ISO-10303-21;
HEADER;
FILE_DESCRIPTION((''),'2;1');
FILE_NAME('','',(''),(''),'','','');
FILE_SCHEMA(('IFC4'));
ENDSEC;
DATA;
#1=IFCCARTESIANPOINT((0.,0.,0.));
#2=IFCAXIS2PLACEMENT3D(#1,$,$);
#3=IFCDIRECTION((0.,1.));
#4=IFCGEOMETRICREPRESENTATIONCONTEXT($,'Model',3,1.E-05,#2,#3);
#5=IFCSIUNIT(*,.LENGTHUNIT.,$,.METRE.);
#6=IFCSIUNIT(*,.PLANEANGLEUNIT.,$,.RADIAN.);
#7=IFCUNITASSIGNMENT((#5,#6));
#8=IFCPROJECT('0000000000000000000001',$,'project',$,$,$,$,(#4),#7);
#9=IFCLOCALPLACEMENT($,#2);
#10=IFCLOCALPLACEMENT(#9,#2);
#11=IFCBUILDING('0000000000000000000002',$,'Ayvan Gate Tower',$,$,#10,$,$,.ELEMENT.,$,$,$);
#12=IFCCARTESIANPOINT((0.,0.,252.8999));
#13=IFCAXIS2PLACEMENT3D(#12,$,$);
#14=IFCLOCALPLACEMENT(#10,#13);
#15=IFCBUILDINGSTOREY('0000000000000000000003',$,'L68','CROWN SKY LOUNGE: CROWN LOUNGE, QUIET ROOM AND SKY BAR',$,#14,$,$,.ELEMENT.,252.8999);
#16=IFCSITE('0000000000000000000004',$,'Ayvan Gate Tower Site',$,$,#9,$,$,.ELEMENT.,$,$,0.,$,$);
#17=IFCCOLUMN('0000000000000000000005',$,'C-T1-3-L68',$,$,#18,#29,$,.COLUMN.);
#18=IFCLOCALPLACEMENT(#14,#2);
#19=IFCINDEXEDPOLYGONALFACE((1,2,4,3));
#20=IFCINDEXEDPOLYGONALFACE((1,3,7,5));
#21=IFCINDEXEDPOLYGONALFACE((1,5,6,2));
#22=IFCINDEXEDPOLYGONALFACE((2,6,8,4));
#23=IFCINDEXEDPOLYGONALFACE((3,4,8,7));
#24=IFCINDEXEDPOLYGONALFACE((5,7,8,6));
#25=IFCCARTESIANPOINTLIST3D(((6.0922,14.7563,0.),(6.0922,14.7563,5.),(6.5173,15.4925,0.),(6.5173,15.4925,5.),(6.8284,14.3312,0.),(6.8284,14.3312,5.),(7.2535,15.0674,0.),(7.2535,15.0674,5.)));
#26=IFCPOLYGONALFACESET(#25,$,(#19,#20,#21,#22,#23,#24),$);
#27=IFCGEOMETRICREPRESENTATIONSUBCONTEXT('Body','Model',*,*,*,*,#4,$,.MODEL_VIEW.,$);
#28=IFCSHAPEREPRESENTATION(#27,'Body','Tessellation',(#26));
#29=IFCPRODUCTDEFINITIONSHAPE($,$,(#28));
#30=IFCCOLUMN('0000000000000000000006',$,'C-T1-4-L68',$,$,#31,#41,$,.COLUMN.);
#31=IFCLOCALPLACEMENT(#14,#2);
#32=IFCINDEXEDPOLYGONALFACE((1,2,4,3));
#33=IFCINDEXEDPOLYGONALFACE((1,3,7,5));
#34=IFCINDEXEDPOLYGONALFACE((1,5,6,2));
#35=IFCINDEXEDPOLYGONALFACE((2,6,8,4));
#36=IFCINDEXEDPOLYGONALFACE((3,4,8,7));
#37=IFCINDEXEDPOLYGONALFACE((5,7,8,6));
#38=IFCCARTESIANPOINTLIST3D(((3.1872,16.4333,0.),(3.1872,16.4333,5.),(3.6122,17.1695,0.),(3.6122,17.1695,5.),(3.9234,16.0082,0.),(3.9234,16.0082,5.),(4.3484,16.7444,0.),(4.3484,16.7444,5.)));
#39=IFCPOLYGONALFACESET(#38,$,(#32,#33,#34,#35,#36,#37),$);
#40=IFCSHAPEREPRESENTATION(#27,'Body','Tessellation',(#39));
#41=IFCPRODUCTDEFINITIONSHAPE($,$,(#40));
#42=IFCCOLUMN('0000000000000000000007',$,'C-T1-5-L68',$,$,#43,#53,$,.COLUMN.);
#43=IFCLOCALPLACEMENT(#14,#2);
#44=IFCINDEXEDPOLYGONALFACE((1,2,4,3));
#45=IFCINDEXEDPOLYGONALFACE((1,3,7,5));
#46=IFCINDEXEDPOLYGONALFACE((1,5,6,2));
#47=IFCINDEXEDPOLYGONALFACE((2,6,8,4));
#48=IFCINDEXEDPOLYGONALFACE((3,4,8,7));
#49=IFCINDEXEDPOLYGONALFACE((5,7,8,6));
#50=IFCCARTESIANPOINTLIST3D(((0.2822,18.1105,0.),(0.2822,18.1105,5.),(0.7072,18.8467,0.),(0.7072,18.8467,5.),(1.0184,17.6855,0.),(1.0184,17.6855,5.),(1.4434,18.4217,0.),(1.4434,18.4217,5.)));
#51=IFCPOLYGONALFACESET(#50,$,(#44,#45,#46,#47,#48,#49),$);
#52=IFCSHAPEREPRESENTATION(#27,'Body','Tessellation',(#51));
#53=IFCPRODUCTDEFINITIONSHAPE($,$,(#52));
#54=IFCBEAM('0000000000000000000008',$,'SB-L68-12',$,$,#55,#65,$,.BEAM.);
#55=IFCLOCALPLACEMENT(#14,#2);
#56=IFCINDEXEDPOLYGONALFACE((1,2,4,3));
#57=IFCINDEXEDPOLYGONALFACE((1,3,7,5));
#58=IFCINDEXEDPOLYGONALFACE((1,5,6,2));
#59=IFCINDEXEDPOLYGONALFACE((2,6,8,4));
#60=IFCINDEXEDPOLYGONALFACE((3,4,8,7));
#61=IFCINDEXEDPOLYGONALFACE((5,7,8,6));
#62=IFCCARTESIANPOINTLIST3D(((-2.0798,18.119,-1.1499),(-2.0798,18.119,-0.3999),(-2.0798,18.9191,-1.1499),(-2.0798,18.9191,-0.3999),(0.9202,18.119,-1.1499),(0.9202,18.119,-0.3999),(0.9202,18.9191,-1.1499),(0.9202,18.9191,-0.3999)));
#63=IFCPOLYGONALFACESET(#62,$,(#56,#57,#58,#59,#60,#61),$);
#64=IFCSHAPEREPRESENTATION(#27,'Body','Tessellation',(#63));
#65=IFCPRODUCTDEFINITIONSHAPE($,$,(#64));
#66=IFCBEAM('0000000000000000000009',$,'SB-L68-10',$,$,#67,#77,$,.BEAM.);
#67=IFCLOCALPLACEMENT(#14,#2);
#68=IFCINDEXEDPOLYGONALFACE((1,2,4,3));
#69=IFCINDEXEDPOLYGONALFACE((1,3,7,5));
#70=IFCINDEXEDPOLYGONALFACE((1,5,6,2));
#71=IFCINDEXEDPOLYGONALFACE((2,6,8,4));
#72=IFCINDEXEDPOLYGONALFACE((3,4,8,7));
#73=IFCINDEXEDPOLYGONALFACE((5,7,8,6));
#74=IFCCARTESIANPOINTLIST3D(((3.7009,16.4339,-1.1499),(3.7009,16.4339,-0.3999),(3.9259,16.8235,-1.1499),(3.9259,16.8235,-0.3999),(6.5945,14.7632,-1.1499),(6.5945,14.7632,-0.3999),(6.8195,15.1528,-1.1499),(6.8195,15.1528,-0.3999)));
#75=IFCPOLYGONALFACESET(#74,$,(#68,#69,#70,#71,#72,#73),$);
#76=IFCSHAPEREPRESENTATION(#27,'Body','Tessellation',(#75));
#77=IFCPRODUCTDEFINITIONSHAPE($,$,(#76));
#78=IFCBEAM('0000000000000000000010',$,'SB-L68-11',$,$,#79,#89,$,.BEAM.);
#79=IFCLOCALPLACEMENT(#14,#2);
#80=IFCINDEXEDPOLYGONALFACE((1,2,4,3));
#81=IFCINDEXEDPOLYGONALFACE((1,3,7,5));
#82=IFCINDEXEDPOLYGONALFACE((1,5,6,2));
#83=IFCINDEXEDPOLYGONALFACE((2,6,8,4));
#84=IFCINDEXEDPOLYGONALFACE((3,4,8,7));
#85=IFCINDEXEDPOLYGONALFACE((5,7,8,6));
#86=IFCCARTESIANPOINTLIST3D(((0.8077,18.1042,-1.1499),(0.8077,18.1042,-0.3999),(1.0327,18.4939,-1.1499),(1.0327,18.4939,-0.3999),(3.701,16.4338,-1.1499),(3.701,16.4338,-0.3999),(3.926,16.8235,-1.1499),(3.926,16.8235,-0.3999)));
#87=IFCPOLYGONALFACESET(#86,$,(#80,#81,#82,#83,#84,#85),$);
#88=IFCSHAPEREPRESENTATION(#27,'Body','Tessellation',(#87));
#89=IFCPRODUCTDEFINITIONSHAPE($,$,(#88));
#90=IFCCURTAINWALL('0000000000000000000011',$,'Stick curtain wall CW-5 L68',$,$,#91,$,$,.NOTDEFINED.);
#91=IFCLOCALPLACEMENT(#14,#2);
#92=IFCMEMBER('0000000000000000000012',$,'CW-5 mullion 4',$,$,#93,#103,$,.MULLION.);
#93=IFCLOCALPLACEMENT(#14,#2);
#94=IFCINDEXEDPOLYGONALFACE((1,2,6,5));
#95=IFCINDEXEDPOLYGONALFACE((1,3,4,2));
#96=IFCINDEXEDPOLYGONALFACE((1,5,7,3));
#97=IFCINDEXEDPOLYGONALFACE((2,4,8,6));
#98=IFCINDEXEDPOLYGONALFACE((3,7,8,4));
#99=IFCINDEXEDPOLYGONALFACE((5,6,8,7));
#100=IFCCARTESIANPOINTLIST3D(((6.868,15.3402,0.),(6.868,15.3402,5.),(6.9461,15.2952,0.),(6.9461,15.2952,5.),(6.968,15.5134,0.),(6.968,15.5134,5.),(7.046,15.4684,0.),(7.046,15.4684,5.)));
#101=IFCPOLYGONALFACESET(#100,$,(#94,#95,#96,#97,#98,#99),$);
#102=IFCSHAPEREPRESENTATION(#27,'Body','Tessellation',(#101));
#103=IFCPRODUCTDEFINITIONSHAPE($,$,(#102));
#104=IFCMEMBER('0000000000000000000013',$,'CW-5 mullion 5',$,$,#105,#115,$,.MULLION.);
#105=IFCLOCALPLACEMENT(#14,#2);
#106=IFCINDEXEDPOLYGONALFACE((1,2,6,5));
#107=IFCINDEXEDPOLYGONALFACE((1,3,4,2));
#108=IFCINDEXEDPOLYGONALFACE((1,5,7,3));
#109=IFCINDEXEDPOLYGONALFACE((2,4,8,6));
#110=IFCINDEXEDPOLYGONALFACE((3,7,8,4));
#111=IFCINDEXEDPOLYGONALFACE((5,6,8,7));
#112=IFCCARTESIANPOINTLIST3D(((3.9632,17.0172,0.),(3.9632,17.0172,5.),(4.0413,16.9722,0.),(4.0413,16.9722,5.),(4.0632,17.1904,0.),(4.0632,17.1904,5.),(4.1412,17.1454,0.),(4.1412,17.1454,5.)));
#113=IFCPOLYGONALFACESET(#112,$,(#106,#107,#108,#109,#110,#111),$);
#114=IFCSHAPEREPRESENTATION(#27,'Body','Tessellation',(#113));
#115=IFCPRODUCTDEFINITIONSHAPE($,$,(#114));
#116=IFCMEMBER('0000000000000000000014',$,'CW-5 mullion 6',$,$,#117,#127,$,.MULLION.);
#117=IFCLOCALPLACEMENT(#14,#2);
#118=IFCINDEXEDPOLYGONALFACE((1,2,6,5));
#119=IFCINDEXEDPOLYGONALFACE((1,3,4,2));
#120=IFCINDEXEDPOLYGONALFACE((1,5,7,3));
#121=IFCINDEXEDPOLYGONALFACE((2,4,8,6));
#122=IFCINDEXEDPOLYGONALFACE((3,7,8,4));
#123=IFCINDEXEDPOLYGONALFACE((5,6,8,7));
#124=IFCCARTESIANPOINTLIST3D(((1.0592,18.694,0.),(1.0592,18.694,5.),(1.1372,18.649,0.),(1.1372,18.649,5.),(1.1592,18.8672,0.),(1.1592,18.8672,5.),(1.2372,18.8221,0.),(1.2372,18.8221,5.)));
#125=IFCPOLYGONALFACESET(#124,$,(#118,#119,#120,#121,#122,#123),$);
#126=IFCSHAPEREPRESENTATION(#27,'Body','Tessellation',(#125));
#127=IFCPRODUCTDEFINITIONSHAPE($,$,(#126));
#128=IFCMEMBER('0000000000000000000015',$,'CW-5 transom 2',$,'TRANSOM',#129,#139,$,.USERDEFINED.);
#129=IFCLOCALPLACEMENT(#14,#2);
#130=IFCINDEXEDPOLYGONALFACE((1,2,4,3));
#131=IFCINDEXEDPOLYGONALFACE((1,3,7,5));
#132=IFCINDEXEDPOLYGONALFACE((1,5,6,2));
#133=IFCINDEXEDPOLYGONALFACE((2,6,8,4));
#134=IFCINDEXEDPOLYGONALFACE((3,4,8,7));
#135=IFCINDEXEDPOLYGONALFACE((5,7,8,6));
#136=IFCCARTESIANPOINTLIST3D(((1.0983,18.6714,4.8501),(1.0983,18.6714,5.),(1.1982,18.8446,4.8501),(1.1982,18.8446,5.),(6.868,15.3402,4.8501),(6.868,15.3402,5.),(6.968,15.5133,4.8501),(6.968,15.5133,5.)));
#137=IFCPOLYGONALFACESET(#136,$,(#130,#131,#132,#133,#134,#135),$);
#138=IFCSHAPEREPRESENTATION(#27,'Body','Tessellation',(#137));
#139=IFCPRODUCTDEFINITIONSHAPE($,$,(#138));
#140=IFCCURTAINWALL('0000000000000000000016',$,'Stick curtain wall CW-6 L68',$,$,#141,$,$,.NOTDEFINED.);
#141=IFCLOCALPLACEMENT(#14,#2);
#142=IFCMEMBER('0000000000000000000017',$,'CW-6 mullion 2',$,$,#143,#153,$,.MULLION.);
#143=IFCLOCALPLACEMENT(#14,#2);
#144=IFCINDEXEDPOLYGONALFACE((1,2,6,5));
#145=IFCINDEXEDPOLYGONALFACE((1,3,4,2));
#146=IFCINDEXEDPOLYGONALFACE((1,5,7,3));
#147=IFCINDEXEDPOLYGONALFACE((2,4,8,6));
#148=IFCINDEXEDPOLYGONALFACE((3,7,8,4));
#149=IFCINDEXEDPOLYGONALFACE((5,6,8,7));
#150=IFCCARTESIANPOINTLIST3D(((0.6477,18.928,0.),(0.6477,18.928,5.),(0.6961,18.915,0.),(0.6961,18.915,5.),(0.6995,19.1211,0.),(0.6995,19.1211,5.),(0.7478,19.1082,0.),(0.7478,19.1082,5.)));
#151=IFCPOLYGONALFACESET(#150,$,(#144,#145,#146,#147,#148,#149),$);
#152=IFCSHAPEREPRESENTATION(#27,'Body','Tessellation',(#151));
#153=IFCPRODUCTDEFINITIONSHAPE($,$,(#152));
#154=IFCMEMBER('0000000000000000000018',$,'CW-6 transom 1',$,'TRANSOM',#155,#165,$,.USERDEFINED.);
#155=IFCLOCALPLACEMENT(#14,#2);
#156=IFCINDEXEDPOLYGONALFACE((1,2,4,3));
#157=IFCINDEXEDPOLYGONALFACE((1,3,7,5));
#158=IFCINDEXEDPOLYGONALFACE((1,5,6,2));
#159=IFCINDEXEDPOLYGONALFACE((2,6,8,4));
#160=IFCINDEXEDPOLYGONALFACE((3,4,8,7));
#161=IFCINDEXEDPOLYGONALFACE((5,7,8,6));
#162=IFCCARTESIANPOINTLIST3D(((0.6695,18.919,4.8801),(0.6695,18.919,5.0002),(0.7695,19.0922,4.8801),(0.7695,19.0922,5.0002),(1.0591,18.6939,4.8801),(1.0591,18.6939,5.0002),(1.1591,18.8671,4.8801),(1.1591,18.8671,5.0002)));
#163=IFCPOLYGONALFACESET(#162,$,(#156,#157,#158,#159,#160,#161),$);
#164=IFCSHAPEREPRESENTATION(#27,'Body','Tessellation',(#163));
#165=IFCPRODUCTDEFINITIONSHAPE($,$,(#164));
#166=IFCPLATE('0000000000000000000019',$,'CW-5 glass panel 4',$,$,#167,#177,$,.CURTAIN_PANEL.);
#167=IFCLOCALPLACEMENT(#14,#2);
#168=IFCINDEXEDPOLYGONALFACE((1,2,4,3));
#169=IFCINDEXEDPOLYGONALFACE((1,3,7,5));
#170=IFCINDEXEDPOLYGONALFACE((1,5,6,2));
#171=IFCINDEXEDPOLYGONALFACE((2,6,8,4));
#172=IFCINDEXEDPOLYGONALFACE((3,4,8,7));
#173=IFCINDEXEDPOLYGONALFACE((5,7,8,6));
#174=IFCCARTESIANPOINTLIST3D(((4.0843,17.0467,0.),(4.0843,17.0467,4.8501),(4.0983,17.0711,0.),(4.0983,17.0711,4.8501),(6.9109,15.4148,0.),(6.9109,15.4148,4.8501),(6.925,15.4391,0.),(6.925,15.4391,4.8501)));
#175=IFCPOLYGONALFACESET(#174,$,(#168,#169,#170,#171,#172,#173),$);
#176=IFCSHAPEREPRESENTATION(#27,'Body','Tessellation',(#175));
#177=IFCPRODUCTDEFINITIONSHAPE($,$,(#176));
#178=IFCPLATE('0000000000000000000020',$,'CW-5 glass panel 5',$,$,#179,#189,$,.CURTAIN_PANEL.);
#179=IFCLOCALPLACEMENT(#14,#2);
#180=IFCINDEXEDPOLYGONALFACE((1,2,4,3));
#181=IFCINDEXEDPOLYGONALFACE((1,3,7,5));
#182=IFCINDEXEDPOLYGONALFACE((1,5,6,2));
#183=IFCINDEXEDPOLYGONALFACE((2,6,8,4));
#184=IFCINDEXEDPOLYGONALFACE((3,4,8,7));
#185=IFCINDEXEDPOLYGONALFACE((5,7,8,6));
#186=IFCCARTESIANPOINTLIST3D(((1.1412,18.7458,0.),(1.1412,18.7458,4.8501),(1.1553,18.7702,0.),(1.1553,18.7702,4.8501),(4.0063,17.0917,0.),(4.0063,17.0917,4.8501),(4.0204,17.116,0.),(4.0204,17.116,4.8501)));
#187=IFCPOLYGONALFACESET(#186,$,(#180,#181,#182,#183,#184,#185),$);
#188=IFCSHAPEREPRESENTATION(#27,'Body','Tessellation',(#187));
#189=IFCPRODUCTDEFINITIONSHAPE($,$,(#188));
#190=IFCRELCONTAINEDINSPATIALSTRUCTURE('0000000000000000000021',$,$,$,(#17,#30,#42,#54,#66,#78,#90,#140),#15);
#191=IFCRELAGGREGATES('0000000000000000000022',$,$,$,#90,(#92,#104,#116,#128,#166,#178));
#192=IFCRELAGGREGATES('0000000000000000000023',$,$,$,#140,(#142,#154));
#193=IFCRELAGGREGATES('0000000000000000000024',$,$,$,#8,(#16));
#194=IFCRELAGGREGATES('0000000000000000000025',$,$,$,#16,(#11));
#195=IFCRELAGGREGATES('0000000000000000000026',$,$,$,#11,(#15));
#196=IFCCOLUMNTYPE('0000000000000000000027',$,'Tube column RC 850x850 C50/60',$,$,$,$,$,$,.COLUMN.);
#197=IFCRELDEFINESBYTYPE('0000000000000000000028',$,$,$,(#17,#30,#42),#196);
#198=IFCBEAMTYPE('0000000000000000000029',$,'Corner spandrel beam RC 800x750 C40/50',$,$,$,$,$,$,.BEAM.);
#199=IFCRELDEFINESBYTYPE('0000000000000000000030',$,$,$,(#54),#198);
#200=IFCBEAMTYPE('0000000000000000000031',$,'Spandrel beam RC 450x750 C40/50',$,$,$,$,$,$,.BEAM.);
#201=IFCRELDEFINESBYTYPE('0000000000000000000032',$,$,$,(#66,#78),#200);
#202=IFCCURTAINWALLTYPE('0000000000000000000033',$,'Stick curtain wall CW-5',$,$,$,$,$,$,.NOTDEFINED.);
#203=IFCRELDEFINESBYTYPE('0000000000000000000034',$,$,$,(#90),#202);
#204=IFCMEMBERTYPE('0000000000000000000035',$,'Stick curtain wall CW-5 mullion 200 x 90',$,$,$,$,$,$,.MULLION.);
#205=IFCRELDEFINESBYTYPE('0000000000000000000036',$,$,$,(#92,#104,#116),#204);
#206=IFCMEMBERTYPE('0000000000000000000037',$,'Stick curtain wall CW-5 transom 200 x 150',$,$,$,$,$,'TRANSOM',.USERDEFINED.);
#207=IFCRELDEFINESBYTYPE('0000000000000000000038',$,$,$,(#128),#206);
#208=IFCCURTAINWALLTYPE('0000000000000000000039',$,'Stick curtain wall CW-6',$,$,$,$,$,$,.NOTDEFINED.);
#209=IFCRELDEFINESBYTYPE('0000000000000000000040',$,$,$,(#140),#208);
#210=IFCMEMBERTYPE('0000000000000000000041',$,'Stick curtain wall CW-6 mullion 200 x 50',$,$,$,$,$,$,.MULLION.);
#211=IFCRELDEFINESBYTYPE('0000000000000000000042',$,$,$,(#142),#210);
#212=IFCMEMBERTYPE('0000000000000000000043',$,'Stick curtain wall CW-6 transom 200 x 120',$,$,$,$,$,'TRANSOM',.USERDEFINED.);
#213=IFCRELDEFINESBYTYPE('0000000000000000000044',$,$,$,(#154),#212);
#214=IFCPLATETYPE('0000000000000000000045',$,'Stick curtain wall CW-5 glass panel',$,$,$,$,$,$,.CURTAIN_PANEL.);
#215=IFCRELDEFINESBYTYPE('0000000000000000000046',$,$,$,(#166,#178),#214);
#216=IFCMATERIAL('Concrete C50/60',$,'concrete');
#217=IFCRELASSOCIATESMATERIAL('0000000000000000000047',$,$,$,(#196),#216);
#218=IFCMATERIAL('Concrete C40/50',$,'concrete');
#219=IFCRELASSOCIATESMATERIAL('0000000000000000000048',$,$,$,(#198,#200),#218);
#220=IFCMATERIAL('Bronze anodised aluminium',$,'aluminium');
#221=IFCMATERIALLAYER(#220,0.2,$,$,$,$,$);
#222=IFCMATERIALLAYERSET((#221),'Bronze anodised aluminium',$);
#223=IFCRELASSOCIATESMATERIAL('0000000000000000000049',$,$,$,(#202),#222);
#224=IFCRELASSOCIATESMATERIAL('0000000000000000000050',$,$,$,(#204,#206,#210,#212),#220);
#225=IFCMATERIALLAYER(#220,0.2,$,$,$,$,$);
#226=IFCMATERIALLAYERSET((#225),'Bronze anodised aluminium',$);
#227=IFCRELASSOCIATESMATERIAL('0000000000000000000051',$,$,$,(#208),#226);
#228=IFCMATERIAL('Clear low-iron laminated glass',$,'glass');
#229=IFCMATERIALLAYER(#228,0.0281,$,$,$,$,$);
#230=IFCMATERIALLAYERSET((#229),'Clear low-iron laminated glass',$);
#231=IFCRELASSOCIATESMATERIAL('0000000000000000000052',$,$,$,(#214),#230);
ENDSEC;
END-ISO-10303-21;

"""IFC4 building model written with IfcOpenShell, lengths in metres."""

from ifc_helpers import new_model, si_unit, direction, frame, origin, origin_2d, place, context, subcontext, project, spatial, rectangle, extrude, material, layer, layer_set, material_profile, profile_set, type_object, element, aggregate, save


model = new_model("IFC4")

# Units and contexts
model_context = context("Model", 3, precision=1e-05, world=origin(), true_north=direction((0.0, 1.0)))
body_context = subcontext(model_context, "Body", "Model", "MODEL_VIEW")
ifc_project = project(units=[si_unit("LENGTHUNIT", "METRE"), si_unit("PLANEANGLEUNIT", "RADIAN")], contexts=[model_context])

# Site, building, storey
site_placement = place(None, origin())
site = spatial("IfcSite", under=ifc_project, at=site_placement, Name="Ayvan Gate Tower Site", CompositionType="ELEMENT", RefElevation=0.0)
building_placement = place(site_placement, origin())
building = spatial("IfcBuilding", under=site, at=building_placement, Name="Ayvan Gate Tower", CompositionType="ELEMENT")
storey_placement = place(building_placement, frame((0.0, 0.0, 252.8999)))
storey = spatial("IfcBuildingStorey", under=building, at=storey_placement, Name="L68", Description="CROWN SKY LOUNGE: CROWN LOUNGE, QUIET ROOM AND SKY BAR", CompositionType="ELEMENT", Elevation=252.8999)

# Columns
ifc_material_1 = material(Name="Concrete C50/60", Category="concrete")
ifc_material_profile_1 = material_profile(ifc_material_1, rectangle(XDim=0.8501, YDim=0.8501, at=origin_2d()), Name="RC 850x850")
ifc_profile_set_1 = profile_set([ifc_material_profile_1], Name="Concrete C50/60")
column_type = type_object("IfcColumnType", Name="Tube column RC 850x850 C50/60", PredefinedType="COLUMN", material=ifc_profile_set_1)
for number, where, z_axis, x_axis, name in (
    (1, (6.6729, 14.9119, 0.0), (0.0, 0.0, 1.0), (0.5, 0.866025, 0.0), "C-T1-3-L68"),
    (2, (3.7678, 16.5889, 0.0), (0.0, 0.0, 1.0), (0.5, 0.866025, 0.0), "C-T1-4-L68"),
    (3, (0.8628, 18.2661, 0.0), (0.0, 0.0, 1.0), (0.5, 0.866025, 0.0), "C-T1-5-L68"),
):
    element("IfcColumn", number, at=place(storey_placement, frame(where, z_axis=z_axis, x_axis=x_axis)), inside=storey, type_object=column_type, Name=name, PredefinedType="COLUMN", context=body_context, shape_type="SweptSolid", body=[
        extrude(rectangle(XDim=0.8501, YDim=0.8501, at=origin_2d()), origin(), (0.0, 0.0, 1.0), 5.0),
    ])

# Beams
ifc_material_2 = material(Name="Concrete C40/50", Category="concrete")
ifc_material_profile_2 = material_profile(ifc_material_2, rectangle(XDim=0.8, YDim=0.75, at=origin_2d()), Name="RC 800x750")
ifc_profile_set_2 = profile_set([ifc_material_profile_2], Name="Concrete C40/50")
beam_type_1 = type_object("IfcBeamType", Name="Corner spandrel beam RC 800x750 C40/50", PredefinedType="BEAM", material=ifc_profile_set_2)
beam_1_placement = place(storey_placement, frame((0.9202, 18.519, -0.7749), z_axis=(-1.0, 0.0, 0.0), x_axis=(0.0, -1.0, 0.0)))
element("IfcBeam", 4, at=beam_1_placement, inside=storey, type_object=beam_type_1, Name="SB-L68-12", PredefinedType="BEAM", context=body_context, shape_type="SweptSolid", body=[
    extrude(rectangle(XDim=0.8, YDim=0.75, at=origin_2d()), origin(), (0.0, 0.0, 1.0), 3.0),
])
ifc_material_profile_3 = material_profile(ifc_material_2, rectangle(XDim=0.45, YDim=0.75, at=origin_2d()), Name="RC 450x750")
ifc_profile_set_3 = profile_set([ifc_material_profile_3], Name="Concrete C40/50")
beam_type_2 = type_object("IfcBeamType", Name="Spandrel beam RC 450x750 C40/50", PredefinedType="BEAM", material=ifc_profile_set_3)
beam_2_placement = place(storey_placement, frame((6.707, 14.958, -0.7749), z_axis=(-0.866018, 0.500013, 0.0), x_axis=(-0.500013, -0.866018, 0.0)))
element("IfcBeam", 5, at=beam_2_placement, inside=storey, type_object=beam_type_2, Name="SB-L68-10", PredefinedType="BEAM", context=body_context, shape_type="SweptSolid", body=[
    extrude(rectangle(XDim=0.45, YDim=0.75, at=origin_2d()), origin(), (0.0, 0.0, 1.0), 3.3413),
])
beam_3_placement = place(storey_placement, frame((3.8135, 16.6287, -0.7749), z_axis=(-0.866031, 0.49999, 0.0), x_axis=(-0.49999, -0.866031, 0.0)))
element("IfcBeam", 6, at=beam_3_placement, inside=storey, type_object=beam_type_2, Name="SB-L68-11", PredefinedType="BEAM", context=body_context, shape_type="SweptSolid", body=[
    extrude(rectangle(XDim=0.45, YDim=0.75, at=origin_2d()), origin(), (0.0, 0.0, 1.0), 3.3408),
])

# Curtain walls, members
ifc_material_3 = material(Name="Bronze anodised aluminium", Category="aluminium")
ifc_layer_1 = layer(ifc_material_3, 0.2)
ifc_layer_set_1 = layer_set([ifc_layer_1], Name="Bronze anodised aluminium")
curtain_wall_type_1 = type_object("IfcCurtainWallType", Name="Stick curtain wall CW-5", PredefinedType="NOTDEFINED", material=ifc_layer_set_1)
curtain_wall_1_placement = place(storey_placement, origin())
curtain_wall_1 = element("IfcCurtainWall", 7, at=curtain_wall_1_placement, inside=storey, type_object=curtain_wall_type_1, Name="Stick curtain wall CW-5 L68", PredefinedType="NOTDEFINED")
ifc_material_profile_4 = material_profile(ifc_material_3, rectangle(XDim=0.2, YDim=0.0901, at=origin_2d()), Name="Stick curtain wall CW-5 mullion 200 x 90")
ifc_profile_set_4 = profile_set([ifc_material_profile_4], Name="Bronze anodised aluminium")
member_type_1 = type_object("IfcMemberType", Name="Stick curtain wall CW-5 mullion 200 x 90", PredefinedType="MULLION", material=ifc_profile_set_4)
member_1_placement = place(storey_placement, frame((6.957, 15.4043, 0.0), z_axis=(0.0, 0.0, 1.0), x_axis=(0.5, 0.866025, 0.0)))
member_1 = element("IfcMember", 8, at=member_1_placement, type_object=member_type_1, Name="CW-5 mullion 4", PredefinedType="MULLION", context=body_context, shape_type="SweptSolid", body=[
    extrude(rectangle(XDim=0.2, YDim=0.0901, at=origin_2d()), origin(), (0.0, 0.0, 1.0), 5.0),
])
member_2_placement = place(storey_placement, frame((4.0522, 17.0813, 0.0), z_axis=(0.0, 0.0, 1.0), x_axis=(0.5, 0.866025, 0.0)))
member_2 = element("IfcMember", 9, at=member_2_placement, type_object=member_type_1, Name="CW-5 mullion 5", PredefinedType="MULLION", context=body_context, shape_type="SweptSolid", body=[
    extrude(rectangle(XDim=0.2, YDim=0.0901, at=origin_2d()), origin(), (0.0, 0.0, 1.0), 5.0),
])
member_3_placement = place(storey_placement, frame((1.1482, 18.7581, 0.0), z_axis=(0.0, 0.0, 1.0), x_axis=(0.5, 0.866025, 0.0)))
member_3 = element("IfcMember", 10, at=member_3_placement, type_object=member_type_1, Name="CW-5 mullion 6", PredefinedType="MULLION", context=body_context, shape_type="SweptSolid", body=[
    extrude(rectangle(XDim=0.2, YDim=0.0901, at=origin_2d()), origin(), (0.0, 0.0, 1.0), 5.0),
])
ifc_material_profile_5 = material_profile(ifc_material_3, rectangle(XDim=0.2, YDim=0.1499, at=origin_2d()), Name="Stick curtain wall CW-5 transom 200 x 150")
ifc_profile_set_5 = profile_set([ifc_material_profile_5], Name="Bronze anodised aluminium")
member_type_2 = type_object("IfcMemberType", Name="Stick curtain wall CW-5 transom 200 x 150", ElementType="TRANSOM", PredefinedType="USERDEFINED", material=ifc_profile_set_5)
member_4_placement = place(storey_placement, frame((6.918, 15.4268, 4.925), z_axis=(-0.866018, 0.500013, 0.0), x_axis=(-0.500013, -0.866018, 0.0)))
member_4 = element("IfcMember", 11, at=member_4_placement, type_object=member_type_2, Name="CW-5 transom 2", ObjectType="TRANSOM", PredefinedType="USERDEFINED", context=body_context, shape_type="SweptSolid", body=[
    extrude(rectangle(XDim=0.2, YDim=0.1499, at=origin_2d()), origin(), (0.0, 0.0, 1.0), 6.6624),
])
ifc_layer_2 = layer(ifc_material_3, 0.2)
ifc_layer_set_2 = layer_set([ifc_layer_2], Name="Bronze anodised aluminium")
curtain_wall_type_2 = type_object("IfcCurtainWallType", Name="Stick curtain wall CW-6", PredefinedType="NOTDEFINED", material=ifc_layer_set_2)
curtain_wall_2_placement = place(storey_placement, origin())
curtain_wall_2 = element("IfcCurtainWall", 12, at=curtain_wall_2_placement, inside=storey, type_object=curtain_wall_type_2, Name="Stick curtain wall CW-6 L68", PredefinedType="NOTDEFINED")
ifc_material_profile_6 = material_profile(ifc_material_3, rectangle(XDim=0.2, YDim=0.05, at=origin_2d()), Name="Stick curtain wall CW-6 mullion 200 x 50")
ifc_profile_set_6 = profile_set([ifc_material_profile_6], Name="Bronze anodised aluminium")
member_type_3 = type_object("IfcMemberType", Name="Stick curtain wall CW-6 mullion 200 x 50", PredefinedType="MULLION", material=ifc_profile_set_6)
member_5_placement = place(storey_placement, frame((0.6978, 19.0181, 0.0), z_axis=(0.0, 0.0, 1.0), x_axis=(0.258819, 0.965926, 0.0)))
member_5 = element("IfcMember", 13, at=member_5_placement, type_object=member_type_3, Name="CW-6 mullion 2", PredefinedType="MULLION", context=body_context, shape_type="SweptSolid", body=[
    extrude(rectangle(XDim=0.2, YDim=0.05, at=origin_2d()), origin(), (0.0, 0.0, 1.0), 5.0),
])
ifc_material_profile_7 = material_profile(ifc_material_3, rectangle(XDim=0.2, YDim=0.1201, at=origin_2d()), Name="Stick curtain wall CW-6 transom 200 x 120")
ifc_profile_set_7 = profile_set([ifc_material_profile_7], Name="Bronze anodised aluminium")
member_type_4 = type_object("IfcMemberType", Name="Stick curtain wall CW-6 transom 200 x 120", ElementType="TRANSOM", PredefinedType="USERDEFINED", material=ifc_profile_set_7)
member_6_placement = place(storey_placement, frame((1.1091, 18.7805, 4.9402), z_axis=(-0.865896, 0.500223, 0.0), x_axis=(-0.500223, -0.865896, 0.0)))
member_6 = element("IfcMember", 14, at=member_6_placement, type_object=member_type_4, Name="CW-6 transom 1", ObjectType="TRANSOM", PredefinedType="USERDEFINED", context=body_context, shape_type="SweptSolid", body=[
    extrude(rectangle(XDim=0.2, YDim=0.1201, at=origin_2d()), origin(), (0.0, 0.0, 1.0), 0.45),
])

# Plates
ifc_material_4 = material(Name="Clear low-iron laminated glass", Category="glass")
ifc_layer_3 = layer(ifc_material_4, 0.0281)
ifc_layer_set_3 = layer_set([ifc_layer_3], Name="Clear low-iron laminated glass")
plate_type_1 = type_object("IfcPlateType", Name="Stick curtain wall CW-5 glass panel", PredefinedType="CURTAIN_PANEL", material=ifc_layer_set_3)
plate_1_placement = place(storey_placement, frame((5.5046, 16.2429, 0.0), z_axis=(0.0, 0.0, 1.0), x_axis=(-0.866025, 0.5, 0.0)))
plate_1 = element("IfcPlate", 15, at=plate_1_placement, type_object=plate_type_1, Name="CW-5 glass panel 4", PredefinedType="CURTAIN_PANEL", context=body_context, shape_type="SweptSolid", body=[
    extrude(rectangle(XDim=3.2639, YDim=0.0281, at=origin_2d()), origin(), (0.0, 0.0, 1.0), 4.8501),
])
plate_2_placement = place(storey_placement, frame((2.5808, 17.9309, 0.0), z_axis=(0.0, 0.0, 1.0), x_axis=(-0.866025, 0.5, 0.0)))
plate_2 = element("IfcPlate", 16, at=plate_2_placement, type_object=plate_type_1, Name="CW-5 glass panel 5", PredefinedType="CURTAIN_PANEL", context=body_context, shape_type="SweptSolid", body=[
    extrude(rectangle(XDim=3.3083, YDim=0.0281, at=origin_2d()), origin(), (0.0, 0.0, 1.0), 4.8501),
])
aggregate(curtain_wall_1, [member_1, member_2, member_3, member_4, plate_1, plate_2])
aggregate(curtain_wall_2, [member_5, member_6])

save(model, "model.ifc")
